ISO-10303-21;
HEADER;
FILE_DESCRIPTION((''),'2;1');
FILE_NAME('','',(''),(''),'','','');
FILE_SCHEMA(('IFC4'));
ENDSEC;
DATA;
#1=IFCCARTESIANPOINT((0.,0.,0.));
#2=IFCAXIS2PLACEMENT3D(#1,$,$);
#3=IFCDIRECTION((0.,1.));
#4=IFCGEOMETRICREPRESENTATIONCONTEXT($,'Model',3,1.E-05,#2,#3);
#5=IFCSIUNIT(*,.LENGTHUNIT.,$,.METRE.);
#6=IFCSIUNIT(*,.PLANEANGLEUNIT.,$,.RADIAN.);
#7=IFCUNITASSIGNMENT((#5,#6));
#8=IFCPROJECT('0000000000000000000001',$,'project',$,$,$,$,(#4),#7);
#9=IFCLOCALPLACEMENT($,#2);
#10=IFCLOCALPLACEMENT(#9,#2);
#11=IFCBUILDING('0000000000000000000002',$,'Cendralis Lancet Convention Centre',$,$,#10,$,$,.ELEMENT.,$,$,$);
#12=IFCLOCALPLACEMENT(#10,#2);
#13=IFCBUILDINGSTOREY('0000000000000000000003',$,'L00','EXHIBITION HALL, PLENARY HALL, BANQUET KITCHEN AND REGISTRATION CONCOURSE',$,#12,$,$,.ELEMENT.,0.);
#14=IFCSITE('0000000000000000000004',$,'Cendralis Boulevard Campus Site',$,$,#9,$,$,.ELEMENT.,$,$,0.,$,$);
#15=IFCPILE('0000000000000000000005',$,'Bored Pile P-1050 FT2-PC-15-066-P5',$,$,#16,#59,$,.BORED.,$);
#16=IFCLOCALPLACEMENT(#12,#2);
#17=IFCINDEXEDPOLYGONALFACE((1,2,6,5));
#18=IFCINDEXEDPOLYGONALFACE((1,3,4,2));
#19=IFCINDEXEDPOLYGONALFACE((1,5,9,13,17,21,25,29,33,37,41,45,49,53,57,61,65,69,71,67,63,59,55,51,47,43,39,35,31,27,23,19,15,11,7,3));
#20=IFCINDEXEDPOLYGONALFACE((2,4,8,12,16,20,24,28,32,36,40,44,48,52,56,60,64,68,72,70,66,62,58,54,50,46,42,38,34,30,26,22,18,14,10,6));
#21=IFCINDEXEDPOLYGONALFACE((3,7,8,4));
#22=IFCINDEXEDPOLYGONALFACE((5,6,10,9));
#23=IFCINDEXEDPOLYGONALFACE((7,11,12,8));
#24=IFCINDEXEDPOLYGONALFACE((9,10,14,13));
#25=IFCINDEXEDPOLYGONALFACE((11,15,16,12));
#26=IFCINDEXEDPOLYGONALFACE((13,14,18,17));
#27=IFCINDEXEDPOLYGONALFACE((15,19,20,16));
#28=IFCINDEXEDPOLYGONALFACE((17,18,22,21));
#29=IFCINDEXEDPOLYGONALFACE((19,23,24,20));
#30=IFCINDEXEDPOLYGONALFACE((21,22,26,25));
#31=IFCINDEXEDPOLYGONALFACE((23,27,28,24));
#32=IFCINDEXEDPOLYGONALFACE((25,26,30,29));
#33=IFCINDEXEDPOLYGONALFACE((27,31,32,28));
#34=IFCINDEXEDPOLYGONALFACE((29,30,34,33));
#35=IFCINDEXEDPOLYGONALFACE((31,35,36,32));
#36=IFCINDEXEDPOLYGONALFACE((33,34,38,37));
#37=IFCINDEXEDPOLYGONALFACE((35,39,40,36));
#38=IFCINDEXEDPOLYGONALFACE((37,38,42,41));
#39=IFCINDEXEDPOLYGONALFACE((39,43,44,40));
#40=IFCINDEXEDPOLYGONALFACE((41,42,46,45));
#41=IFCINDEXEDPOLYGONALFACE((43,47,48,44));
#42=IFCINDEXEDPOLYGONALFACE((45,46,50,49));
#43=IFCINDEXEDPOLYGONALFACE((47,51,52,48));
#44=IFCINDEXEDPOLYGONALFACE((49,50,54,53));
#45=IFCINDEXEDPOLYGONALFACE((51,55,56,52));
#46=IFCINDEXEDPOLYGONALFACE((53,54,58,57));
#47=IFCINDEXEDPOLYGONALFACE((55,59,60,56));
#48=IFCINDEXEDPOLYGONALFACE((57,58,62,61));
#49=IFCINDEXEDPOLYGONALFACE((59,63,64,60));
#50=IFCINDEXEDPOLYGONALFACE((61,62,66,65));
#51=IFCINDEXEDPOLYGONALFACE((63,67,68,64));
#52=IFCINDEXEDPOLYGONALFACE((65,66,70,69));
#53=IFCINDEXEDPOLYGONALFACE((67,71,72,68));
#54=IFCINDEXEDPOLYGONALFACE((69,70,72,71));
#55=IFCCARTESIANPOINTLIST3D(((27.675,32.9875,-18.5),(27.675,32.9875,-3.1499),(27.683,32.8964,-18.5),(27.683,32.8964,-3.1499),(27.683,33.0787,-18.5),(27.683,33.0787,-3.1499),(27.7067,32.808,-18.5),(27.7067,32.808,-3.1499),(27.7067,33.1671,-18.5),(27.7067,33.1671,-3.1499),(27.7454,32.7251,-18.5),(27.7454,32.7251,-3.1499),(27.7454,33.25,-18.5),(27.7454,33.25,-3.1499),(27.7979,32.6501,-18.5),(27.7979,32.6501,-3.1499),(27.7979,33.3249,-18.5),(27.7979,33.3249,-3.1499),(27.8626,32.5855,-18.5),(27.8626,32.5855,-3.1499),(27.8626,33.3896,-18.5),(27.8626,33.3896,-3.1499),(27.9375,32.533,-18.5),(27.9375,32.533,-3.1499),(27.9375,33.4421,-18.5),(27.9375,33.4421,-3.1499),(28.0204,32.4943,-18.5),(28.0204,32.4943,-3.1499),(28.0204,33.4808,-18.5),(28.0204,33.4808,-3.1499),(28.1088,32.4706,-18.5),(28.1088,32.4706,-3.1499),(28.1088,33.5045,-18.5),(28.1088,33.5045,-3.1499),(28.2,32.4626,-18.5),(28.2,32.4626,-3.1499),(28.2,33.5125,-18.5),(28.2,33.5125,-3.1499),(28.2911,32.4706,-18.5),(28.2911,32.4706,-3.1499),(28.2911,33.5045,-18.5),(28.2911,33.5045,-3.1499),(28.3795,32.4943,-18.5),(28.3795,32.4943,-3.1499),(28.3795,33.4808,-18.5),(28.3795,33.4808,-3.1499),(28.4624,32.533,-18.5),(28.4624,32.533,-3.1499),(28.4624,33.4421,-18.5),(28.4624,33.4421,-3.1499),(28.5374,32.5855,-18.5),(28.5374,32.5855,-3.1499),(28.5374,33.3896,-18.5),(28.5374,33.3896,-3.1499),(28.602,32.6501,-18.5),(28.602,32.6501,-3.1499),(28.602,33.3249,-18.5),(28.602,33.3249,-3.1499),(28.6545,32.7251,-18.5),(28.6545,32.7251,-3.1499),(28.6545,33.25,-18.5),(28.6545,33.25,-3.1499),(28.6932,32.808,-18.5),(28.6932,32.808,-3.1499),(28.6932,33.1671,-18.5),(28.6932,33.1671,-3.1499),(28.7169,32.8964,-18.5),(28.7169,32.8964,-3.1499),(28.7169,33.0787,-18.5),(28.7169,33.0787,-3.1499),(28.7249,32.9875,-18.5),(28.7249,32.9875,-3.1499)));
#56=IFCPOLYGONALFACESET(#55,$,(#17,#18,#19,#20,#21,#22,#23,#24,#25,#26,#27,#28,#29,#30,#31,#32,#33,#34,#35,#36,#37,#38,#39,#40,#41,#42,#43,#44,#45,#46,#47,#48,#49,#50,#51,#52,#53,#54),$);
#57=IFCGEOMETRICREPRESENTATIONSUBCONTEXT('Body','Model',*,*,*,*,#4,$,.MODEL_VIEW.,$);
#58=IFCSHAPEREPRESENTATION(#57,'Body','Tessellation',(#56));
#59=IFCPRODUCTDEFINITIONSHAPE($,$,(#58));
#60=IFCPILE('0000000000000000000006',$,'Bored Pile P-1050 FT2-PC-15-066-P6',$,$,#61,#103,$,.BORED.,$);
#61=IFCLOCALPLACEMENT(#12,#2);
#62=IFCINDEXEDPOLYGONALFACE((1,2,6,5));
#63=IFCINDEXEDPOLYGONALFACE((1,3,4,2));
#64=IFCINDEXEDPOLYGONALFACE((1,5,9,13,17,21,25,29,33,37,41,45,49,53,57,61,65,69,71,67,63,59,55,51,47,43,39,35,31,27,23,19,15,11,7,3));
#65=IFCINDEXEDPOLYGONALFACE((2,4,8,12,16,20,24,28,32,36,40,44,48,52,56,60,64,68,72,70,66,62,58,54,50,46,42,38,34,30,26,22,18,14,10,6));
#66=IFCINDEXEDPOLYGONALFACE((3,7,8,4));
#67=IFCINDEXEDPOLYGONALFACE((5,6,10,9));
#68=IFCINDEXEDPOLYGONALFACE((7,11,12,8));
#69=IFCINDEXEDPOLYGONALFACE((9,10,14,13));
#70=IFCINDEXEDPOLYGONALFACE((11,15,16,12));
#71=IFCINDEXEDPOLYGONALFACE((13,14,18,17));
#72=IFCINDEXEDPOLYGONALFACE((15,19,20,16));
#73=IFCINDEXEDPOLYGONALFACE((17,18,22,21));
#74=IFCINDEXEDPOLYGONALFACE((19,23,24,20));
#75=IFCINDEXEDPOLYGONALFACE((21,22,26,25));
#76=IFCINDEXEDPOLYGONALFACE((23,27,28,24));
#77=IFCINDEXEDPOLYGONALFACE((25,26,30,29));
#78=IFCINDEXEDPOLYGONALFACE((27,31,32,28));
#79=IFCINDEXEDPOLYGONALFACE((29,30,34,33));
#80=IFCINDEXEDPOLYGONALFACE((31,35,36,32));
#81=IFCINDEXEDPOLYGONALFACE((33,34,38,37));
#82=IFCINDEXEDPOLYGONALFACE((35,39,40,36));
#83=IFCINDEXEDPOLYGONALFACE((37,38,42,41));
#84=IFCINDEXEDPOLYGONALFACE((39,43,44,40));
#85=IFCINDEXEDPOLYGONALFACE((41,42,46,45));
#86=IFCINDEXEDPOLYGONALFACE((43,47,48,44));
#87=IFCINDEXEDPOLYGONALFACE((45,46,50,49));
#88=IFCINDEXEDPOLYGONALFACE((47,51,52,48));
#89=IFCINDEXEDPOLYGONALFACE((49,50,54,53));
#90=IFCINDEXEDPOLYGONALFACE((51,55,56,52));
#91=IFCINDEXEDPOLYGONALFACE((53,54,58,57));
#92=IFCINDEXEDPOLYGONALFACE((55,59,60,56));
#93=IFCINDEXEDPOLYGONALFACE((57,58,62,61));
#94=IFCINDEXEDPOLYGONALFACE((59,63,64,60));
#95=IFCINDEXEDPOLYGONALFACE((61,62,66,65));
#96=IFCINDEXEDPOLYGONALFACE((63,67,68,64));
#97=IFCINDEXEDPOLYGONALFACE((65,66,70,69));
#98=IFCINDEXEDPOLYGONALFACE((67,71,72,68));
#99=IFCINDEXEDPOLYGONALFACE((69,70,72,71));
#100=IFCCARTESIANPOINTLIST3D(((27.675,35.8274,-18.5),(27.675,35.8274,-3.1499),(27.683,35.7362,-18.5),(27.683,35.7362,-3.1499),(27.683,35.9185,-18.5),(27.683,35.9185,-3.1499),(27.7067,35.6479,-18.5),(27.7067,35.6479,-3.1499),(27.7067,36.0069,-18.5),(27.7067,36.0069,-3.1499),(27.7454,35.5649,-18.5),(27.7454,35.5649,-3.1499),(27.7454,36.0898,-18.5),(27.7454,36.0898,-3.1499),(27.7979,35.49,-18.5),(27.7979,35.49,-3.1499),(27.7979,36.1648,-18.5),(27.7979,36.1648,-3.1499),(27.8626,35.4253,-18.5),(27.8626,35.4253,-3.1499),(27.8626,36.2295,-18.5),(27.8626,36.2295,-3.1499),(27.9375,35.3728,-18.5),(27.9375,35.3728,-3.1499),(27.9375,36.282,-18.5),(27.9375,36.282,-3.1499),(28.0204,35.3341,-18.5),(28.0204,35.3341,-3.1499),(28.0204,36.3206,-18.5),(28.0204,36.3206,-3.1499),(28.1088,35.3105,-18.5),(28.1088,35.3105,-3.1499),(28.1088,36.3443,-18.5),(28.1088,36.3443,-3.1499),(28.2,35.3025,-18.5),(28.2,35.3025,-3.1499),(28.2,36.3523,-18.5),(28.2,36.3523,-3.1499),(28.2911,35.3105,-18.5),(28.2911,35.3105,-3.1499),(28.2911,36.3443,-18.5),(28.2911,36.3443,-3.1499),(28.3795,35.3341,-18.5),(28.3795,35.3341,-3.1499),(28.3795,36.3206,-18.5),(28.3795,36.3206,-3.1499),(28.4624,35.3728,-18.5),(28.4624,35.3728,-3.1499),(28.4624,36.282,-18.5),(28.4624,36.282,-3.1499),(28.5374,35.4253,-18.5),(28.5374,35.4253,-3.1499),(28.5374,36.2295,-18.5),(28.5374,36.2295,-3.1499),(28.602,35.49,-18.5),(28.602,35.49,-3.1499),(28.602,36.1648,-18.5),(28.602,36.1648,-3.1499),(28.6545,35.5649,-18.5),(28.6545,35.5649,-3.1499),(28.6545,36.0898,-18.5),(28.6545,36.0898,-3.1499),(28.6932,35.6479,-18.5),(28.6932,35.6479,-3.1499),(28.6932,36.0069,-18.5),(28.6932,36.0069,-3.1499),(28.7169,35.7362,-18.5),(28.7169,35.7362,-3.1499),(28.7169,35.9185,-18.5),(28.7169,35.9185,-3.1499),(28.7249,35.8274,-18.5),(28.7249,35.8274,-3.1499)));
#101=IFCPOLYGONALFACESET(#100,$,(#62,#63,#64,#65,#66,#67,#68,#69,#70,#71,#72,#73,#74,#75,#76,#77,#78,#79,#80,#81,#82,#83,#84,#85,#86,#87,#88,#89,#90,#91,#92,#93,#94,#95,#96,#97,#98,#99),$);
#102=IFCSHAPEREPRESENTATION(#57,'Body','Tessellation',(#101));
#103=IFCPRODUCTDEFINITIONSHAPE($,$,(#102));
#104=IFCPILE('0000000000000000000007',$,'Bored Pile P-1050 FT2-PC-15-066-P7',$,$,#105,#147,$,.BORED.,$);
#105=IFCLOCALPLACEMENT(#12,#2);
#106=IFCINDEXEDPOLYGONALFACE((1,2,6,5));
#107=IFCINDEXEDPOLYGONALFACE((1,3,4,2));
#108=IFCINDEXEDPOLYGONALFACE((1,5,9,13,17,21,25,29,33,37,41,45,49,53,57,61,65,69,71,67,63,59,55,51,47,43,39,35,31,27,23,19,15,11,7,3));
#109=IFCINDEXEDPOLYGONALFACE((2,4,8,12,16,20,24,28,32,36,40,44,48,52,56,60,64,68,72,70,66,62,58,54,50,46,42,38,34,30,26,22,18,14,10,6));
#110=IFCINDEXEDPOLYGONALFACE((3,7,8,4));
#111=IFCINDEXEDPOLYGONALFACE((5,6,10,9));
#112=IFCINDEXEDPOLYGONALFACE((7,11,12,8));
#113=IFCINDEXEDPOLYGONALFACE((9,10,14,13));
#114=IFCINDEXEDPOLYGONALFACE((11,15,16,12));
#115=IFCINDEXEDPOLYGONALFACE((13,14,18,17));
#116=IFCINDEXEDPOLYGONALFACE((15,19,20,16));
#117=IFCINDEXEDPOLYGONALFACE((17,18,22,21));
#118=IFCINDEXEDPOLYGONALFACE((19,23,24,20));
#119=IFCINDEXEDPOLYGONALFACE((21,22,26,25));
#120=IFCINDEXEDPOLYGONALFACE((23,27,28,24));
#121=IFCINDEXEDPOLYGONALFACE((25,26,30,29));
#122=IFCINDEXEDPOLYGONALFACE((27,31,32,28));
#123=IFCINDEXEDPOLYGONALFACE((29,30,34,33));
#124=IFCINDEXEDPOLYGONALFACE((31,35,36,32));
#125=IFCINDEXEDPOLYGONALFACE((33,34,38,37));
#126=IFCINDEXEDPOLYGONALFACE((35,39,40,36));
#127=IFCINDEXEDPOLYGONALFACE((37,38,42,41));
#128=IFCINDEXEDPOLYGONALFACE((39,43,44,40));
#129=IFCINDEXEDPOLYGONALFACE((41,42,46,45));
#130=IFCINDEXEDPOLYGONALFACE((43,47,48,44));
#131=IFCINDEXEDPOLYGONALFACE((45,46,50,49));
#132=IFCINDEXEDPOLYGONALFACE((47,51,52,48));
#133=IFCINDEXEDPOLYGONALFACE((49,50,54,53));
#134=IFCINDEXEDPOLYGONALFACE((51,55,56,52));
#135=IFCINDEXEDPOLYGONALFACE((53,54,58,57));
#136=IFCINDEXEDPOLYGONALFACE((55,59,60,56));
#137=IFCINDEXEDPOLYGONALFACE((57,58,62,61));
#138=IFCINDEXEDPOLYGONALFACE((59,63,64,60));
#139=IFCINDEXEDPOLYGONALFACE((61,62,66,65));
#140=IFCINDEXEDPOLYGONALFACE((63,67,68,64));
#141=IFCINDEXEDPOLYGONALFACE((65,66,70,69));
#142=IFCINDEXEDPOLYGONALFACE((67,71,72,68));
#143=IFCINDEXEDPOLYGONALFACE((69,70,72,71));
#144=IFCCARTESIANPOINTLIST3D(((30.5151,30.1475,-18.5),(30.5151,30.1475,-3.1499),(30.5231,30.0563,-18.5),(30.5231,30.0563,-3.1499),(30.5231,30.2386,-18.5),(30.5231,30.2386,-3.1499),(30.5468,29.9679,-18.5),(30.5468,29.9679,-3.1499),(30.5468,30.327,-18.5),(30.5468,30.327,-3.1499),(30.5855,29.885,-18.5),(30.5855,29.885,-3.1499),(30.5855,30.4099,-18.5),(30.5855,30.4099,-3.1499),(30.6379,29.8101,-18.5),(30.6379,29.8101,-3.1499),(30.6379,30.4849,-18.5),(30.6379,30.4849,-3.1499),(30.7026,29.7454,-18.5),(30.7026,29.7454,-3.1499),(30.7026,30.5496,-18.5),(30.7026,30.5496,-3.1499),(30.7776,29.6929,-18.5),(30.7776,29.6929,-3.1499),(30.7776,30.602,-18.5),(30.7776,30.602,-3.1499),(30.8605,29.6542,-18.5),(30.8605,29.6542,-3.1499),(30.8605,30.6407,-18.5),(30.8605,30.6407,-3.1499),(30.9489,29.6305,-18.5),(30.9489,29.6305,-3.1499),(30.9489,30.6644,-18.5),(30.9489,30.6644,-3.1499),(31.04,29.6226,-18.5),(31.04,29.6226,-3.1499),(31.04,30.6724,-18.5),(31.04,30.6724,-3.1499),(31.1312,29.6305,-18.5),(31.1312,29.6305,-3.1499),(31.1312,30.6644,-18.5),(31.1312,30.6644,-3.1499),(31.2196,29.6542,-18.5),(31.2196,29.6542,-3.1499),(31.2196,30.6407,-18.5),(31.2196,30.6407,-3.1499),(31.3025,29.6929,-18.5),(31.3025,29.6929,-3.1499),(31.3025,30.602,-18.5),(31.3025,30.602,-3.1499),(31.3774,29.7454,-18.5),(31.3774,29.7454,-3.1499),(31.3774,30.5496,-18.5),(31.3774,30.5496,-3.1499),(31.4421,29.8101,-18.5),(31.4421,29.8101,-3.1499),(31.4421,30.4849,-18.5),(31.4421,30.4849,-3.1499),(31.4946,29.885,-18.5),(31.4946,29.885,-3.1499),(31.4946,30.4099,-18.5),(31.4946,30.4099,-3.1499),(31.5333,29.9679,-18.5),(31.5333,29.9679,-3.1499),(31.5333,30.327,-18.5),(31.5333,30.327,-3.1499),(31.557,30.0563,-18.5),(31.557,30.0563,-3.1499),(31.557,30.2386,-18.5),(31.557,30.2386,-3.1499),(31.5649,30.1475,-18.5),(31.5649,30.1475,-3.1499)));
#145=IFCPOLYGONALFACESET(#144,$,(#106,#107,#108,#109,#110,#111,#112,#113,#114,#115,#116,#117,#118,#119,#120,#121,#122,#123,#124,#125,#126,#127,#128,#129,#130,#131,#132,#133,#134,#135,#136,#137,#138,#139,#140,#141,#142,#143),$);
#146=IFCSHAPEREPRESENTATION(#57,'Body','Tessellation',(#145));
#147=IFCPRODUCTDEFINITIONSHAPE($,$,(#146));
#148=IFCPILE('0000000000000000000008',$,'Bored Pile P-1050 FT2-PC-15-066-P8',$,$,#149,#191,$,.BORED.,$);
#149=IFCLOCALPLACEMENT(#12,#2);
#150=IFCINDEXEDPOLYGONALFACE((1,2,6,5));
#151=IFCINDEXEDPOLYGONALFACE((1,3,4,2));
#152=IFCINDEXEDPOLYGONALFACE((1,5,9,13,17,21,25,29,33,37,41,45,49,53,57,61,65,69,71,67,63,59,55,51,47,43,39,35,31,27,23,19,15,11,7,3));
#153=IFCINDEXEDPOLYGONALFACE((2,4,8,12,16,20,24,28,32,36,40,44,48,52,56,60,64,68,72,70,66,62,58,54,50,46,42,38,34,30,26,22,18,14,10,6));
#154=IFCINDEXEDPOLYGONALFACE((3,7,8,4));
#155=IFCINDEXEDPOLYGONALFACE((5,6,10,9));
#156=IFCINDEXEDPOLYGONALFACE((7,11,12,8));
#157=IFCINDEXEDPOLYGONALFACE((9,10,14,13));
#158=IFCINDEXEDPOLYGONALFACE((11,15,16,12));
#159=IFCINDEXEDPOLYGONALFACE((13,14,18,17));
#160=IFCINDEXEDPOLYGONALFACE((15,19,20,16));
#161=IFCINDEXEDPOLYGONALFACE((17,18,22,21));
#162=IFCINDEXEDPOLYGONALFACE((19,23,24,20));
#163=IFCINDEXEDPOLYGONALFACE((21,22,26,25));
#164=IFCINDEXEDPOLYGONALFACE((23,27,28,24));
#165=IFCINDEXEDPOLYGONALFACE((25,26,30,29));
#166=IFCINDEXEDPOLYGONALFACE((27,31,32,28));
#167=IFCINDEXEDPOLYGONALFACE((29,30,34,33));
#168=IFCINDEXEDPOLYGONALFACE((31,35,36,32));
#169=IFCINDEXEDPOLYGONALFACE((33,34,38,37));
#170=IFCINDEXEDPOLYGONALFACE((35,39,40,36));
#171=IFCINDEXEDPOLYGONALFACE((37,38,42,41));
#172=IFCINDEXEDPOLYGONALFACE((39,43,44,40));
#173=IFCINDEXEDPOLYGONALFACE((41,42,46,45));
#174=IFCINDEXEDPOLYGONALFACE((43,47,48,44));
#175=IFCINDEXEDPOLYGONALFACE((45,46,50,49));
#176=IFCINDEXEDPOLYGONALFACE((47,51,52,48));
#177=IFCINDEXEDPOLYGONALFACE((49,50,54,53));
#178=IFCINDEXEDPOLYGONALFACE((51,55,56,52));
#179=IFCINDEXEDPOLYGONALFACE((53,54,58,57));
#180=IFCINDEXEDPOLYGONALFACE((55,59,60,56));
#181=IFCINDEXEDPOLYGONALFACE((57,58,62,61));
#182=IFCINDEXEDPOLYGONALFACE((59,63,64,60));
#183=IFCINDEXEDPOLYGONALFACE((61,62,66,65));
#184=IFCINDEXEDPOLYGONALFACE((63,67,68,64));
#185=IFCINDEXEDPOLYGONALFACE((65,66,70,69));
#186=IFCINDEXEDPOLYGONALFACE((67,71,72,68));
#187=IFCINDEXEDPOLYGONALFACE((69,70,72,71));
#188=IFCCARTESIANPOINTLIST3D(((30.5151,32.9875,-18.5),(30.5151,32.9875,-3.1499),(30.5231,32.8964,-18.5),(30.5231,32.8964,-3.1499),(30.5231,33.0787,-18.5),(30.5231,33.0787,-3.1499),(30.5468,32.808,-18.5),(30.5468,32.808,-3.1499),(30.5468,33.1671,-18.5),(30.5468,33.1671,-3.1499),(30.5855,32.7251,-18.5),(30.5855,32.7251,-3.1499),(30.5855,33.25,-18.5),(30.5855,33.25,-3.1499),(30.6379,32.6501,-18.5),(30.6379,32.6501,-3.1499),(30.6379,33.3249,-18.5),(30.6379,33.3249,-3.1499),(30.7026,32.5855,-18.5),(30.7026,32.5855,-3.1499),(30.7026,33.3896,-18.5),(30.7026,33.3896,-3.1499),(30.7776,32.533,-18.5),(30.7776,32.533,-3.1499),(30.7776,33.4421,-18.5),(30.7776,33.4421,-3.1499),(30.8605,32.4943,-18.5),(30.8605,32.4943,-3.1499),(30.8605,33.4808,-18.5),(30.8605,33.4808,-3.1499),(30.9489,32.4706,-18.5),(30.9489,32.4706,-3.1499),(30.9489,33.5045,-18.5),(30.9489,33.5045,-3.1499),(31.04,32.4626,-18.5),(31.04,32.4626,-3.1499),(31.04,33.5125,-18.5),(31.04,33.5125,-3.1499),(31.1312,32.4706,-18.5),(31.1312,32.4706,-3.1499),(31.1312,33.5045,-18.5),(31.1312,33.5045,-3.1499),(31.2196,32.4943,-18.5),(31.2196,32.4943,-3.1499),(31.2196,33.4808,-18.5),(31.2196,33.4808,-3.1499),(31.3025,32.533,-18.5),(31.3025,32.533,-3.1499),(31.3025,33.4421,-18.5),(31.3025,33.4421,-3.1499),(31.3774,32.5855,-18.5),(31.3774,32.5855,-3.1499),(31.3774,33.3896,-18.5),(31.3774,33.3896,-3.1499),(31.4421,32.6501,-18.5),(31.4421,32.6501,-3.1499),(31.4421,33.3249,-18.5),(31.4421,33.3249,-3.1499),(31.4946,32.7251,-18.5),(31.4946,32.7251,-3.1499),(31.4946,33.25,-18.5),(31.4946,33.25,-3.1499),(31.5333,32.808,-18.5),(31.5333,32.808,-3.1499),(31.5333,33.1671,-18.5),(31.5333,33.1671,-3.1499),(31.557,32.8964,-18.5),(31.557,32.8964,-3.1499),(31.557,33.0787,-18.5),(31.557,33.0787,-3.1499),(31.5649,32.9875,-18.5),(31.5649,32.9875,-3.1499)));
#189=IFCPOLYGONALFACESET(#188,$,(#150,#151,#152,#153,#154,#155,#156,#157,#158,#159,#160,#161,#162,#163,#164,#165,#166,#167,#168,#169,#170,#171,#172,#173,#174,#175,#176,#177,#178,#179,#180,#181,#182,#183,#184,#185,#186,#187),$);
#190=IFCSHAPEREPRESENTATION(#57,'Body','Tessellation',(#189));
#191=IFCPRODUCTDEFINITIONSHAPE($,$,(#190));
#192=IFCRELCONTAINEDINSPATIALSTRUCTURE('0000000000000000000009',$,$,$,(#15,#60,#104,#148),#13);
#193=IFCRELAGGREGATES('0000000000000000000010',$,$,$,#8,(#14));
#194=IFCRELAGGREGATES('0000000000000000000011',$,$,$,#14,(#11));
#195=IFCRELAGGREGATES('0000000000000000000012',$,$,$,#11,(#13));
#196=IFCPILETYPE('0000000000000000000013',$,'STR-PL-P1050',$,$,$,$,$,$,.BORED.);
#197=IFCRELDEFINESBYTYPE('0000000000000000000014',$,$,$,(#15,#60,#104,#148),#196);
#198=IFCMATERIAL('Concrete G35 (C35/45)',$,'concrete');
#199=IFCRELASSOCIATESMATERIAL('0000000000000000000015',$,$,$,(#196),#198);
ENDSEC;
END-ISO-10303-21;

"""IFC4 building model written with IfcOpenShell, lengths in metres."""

from ifc_helpers import new_model, si_unit, direction, frame, origin, origin_2d, place, context, subcontext, project, spatial, circle, extrude, material, material_profile, profile_set, type_object, element, save


model = new_model("IFC4")

# Units and contexts
model_context = context("Model", 3, precision=1e-05, world=origin(), true_north=direction((0.0, 1.0)))
body_context = subcontext(model_context, "Body", "Model", "MODEL_VIEW")
ifc_project = project(units=[si_unit("LENGTHUNIT", "METRE"), si_unit("PLANEANGLEUNIT", "RADIAN")], contexts=[model_context])

# Site, building, storey
site_placement = place(None, origin())
site = spatial("IfcSite", under=ifc_project, at=site_placement, Name="Cendralis Boulevard Campus Site", CompositionType="ELEMENT", RefElevation=0.0)
building_placement = place(site_placement, origin())
building = spatial("IfcBuilding", under=site, at=building_placement, Name="Cendralis Lancet Convention Centre", CompositionType="ELEMENT")
storey_placement = place(building_placement, origin())
storey = spatial("IfcBuildingStorey", under=building, at=storey_placement, Name="L00", Description="EXHIBITION HALL, PLENARY HALL, BANQUET KITCHEN AND REGISTRATION CONCOURSE", CompositionType="ELEMENT", Elevation=0.0)

# Shared definitions
ifc_material_1 = material(Name="Concrete G35 (C35/45)", Category="concrete")

# Piles
ifc_material_profile_1 = material_profile(ifc_material_1, circle(Radius=0.5249, at=origin_2d()), Name="BORED PILE D1050")
ifc_profile_set_1 = profile_set([ifc_material_profile_1], Name="Concrete G35 (C35/45)")
pile_type_1 = type_object("IfcPileType", Name="STR-PL-P1050", PredefinedType="BORED", material=ifc_profile_set_1)
for number, where, z_axis, x_axis, name in (
    (1, (28.2, 32.9875, -3.1499), (0.0, 0.0, -1.0), (1.0, 0.0, 0.0), "Bored Pile P-1050 FT2-PC-15-066-P5"),
    (2, (28.2, 35.8274, -3.1499), (0.0, 0.0, -1.0), (1.0, 0.0, 0.0), "Bored Pile P-1050 FT2-PC-15-066-P6"),
    (3, (31.04, 30.1475, -3.1499), (0.0, 0.0, -1.0), (1.0, 0.0, 0.0), "Bored Pile P-1050 FT2-PC-15-066-P7"),
    (4, (31.04, 32.9875, -3.1499), (0.0, 0.0, -1.0), (1.0, 0.0, 0.0), "Bored Pile P-1050 FT2-PC-15-066-P8"),
):
    element("IfcPile", number, at=place(storey_placement, frame(where, z_axis=z_axis, x_axis=x_axis)), inside=storey, type_object=pile_type_1, Name=name, PredefinedType="BORED", context=body_context, shape_type="SweptSolid", body=[
        extrude(circle(Radius=0.5249, at=origin_2d()), origin(), (0.0, 0.0, 1.0), 15.3501),
    ])

save(model, "model.ifc")
